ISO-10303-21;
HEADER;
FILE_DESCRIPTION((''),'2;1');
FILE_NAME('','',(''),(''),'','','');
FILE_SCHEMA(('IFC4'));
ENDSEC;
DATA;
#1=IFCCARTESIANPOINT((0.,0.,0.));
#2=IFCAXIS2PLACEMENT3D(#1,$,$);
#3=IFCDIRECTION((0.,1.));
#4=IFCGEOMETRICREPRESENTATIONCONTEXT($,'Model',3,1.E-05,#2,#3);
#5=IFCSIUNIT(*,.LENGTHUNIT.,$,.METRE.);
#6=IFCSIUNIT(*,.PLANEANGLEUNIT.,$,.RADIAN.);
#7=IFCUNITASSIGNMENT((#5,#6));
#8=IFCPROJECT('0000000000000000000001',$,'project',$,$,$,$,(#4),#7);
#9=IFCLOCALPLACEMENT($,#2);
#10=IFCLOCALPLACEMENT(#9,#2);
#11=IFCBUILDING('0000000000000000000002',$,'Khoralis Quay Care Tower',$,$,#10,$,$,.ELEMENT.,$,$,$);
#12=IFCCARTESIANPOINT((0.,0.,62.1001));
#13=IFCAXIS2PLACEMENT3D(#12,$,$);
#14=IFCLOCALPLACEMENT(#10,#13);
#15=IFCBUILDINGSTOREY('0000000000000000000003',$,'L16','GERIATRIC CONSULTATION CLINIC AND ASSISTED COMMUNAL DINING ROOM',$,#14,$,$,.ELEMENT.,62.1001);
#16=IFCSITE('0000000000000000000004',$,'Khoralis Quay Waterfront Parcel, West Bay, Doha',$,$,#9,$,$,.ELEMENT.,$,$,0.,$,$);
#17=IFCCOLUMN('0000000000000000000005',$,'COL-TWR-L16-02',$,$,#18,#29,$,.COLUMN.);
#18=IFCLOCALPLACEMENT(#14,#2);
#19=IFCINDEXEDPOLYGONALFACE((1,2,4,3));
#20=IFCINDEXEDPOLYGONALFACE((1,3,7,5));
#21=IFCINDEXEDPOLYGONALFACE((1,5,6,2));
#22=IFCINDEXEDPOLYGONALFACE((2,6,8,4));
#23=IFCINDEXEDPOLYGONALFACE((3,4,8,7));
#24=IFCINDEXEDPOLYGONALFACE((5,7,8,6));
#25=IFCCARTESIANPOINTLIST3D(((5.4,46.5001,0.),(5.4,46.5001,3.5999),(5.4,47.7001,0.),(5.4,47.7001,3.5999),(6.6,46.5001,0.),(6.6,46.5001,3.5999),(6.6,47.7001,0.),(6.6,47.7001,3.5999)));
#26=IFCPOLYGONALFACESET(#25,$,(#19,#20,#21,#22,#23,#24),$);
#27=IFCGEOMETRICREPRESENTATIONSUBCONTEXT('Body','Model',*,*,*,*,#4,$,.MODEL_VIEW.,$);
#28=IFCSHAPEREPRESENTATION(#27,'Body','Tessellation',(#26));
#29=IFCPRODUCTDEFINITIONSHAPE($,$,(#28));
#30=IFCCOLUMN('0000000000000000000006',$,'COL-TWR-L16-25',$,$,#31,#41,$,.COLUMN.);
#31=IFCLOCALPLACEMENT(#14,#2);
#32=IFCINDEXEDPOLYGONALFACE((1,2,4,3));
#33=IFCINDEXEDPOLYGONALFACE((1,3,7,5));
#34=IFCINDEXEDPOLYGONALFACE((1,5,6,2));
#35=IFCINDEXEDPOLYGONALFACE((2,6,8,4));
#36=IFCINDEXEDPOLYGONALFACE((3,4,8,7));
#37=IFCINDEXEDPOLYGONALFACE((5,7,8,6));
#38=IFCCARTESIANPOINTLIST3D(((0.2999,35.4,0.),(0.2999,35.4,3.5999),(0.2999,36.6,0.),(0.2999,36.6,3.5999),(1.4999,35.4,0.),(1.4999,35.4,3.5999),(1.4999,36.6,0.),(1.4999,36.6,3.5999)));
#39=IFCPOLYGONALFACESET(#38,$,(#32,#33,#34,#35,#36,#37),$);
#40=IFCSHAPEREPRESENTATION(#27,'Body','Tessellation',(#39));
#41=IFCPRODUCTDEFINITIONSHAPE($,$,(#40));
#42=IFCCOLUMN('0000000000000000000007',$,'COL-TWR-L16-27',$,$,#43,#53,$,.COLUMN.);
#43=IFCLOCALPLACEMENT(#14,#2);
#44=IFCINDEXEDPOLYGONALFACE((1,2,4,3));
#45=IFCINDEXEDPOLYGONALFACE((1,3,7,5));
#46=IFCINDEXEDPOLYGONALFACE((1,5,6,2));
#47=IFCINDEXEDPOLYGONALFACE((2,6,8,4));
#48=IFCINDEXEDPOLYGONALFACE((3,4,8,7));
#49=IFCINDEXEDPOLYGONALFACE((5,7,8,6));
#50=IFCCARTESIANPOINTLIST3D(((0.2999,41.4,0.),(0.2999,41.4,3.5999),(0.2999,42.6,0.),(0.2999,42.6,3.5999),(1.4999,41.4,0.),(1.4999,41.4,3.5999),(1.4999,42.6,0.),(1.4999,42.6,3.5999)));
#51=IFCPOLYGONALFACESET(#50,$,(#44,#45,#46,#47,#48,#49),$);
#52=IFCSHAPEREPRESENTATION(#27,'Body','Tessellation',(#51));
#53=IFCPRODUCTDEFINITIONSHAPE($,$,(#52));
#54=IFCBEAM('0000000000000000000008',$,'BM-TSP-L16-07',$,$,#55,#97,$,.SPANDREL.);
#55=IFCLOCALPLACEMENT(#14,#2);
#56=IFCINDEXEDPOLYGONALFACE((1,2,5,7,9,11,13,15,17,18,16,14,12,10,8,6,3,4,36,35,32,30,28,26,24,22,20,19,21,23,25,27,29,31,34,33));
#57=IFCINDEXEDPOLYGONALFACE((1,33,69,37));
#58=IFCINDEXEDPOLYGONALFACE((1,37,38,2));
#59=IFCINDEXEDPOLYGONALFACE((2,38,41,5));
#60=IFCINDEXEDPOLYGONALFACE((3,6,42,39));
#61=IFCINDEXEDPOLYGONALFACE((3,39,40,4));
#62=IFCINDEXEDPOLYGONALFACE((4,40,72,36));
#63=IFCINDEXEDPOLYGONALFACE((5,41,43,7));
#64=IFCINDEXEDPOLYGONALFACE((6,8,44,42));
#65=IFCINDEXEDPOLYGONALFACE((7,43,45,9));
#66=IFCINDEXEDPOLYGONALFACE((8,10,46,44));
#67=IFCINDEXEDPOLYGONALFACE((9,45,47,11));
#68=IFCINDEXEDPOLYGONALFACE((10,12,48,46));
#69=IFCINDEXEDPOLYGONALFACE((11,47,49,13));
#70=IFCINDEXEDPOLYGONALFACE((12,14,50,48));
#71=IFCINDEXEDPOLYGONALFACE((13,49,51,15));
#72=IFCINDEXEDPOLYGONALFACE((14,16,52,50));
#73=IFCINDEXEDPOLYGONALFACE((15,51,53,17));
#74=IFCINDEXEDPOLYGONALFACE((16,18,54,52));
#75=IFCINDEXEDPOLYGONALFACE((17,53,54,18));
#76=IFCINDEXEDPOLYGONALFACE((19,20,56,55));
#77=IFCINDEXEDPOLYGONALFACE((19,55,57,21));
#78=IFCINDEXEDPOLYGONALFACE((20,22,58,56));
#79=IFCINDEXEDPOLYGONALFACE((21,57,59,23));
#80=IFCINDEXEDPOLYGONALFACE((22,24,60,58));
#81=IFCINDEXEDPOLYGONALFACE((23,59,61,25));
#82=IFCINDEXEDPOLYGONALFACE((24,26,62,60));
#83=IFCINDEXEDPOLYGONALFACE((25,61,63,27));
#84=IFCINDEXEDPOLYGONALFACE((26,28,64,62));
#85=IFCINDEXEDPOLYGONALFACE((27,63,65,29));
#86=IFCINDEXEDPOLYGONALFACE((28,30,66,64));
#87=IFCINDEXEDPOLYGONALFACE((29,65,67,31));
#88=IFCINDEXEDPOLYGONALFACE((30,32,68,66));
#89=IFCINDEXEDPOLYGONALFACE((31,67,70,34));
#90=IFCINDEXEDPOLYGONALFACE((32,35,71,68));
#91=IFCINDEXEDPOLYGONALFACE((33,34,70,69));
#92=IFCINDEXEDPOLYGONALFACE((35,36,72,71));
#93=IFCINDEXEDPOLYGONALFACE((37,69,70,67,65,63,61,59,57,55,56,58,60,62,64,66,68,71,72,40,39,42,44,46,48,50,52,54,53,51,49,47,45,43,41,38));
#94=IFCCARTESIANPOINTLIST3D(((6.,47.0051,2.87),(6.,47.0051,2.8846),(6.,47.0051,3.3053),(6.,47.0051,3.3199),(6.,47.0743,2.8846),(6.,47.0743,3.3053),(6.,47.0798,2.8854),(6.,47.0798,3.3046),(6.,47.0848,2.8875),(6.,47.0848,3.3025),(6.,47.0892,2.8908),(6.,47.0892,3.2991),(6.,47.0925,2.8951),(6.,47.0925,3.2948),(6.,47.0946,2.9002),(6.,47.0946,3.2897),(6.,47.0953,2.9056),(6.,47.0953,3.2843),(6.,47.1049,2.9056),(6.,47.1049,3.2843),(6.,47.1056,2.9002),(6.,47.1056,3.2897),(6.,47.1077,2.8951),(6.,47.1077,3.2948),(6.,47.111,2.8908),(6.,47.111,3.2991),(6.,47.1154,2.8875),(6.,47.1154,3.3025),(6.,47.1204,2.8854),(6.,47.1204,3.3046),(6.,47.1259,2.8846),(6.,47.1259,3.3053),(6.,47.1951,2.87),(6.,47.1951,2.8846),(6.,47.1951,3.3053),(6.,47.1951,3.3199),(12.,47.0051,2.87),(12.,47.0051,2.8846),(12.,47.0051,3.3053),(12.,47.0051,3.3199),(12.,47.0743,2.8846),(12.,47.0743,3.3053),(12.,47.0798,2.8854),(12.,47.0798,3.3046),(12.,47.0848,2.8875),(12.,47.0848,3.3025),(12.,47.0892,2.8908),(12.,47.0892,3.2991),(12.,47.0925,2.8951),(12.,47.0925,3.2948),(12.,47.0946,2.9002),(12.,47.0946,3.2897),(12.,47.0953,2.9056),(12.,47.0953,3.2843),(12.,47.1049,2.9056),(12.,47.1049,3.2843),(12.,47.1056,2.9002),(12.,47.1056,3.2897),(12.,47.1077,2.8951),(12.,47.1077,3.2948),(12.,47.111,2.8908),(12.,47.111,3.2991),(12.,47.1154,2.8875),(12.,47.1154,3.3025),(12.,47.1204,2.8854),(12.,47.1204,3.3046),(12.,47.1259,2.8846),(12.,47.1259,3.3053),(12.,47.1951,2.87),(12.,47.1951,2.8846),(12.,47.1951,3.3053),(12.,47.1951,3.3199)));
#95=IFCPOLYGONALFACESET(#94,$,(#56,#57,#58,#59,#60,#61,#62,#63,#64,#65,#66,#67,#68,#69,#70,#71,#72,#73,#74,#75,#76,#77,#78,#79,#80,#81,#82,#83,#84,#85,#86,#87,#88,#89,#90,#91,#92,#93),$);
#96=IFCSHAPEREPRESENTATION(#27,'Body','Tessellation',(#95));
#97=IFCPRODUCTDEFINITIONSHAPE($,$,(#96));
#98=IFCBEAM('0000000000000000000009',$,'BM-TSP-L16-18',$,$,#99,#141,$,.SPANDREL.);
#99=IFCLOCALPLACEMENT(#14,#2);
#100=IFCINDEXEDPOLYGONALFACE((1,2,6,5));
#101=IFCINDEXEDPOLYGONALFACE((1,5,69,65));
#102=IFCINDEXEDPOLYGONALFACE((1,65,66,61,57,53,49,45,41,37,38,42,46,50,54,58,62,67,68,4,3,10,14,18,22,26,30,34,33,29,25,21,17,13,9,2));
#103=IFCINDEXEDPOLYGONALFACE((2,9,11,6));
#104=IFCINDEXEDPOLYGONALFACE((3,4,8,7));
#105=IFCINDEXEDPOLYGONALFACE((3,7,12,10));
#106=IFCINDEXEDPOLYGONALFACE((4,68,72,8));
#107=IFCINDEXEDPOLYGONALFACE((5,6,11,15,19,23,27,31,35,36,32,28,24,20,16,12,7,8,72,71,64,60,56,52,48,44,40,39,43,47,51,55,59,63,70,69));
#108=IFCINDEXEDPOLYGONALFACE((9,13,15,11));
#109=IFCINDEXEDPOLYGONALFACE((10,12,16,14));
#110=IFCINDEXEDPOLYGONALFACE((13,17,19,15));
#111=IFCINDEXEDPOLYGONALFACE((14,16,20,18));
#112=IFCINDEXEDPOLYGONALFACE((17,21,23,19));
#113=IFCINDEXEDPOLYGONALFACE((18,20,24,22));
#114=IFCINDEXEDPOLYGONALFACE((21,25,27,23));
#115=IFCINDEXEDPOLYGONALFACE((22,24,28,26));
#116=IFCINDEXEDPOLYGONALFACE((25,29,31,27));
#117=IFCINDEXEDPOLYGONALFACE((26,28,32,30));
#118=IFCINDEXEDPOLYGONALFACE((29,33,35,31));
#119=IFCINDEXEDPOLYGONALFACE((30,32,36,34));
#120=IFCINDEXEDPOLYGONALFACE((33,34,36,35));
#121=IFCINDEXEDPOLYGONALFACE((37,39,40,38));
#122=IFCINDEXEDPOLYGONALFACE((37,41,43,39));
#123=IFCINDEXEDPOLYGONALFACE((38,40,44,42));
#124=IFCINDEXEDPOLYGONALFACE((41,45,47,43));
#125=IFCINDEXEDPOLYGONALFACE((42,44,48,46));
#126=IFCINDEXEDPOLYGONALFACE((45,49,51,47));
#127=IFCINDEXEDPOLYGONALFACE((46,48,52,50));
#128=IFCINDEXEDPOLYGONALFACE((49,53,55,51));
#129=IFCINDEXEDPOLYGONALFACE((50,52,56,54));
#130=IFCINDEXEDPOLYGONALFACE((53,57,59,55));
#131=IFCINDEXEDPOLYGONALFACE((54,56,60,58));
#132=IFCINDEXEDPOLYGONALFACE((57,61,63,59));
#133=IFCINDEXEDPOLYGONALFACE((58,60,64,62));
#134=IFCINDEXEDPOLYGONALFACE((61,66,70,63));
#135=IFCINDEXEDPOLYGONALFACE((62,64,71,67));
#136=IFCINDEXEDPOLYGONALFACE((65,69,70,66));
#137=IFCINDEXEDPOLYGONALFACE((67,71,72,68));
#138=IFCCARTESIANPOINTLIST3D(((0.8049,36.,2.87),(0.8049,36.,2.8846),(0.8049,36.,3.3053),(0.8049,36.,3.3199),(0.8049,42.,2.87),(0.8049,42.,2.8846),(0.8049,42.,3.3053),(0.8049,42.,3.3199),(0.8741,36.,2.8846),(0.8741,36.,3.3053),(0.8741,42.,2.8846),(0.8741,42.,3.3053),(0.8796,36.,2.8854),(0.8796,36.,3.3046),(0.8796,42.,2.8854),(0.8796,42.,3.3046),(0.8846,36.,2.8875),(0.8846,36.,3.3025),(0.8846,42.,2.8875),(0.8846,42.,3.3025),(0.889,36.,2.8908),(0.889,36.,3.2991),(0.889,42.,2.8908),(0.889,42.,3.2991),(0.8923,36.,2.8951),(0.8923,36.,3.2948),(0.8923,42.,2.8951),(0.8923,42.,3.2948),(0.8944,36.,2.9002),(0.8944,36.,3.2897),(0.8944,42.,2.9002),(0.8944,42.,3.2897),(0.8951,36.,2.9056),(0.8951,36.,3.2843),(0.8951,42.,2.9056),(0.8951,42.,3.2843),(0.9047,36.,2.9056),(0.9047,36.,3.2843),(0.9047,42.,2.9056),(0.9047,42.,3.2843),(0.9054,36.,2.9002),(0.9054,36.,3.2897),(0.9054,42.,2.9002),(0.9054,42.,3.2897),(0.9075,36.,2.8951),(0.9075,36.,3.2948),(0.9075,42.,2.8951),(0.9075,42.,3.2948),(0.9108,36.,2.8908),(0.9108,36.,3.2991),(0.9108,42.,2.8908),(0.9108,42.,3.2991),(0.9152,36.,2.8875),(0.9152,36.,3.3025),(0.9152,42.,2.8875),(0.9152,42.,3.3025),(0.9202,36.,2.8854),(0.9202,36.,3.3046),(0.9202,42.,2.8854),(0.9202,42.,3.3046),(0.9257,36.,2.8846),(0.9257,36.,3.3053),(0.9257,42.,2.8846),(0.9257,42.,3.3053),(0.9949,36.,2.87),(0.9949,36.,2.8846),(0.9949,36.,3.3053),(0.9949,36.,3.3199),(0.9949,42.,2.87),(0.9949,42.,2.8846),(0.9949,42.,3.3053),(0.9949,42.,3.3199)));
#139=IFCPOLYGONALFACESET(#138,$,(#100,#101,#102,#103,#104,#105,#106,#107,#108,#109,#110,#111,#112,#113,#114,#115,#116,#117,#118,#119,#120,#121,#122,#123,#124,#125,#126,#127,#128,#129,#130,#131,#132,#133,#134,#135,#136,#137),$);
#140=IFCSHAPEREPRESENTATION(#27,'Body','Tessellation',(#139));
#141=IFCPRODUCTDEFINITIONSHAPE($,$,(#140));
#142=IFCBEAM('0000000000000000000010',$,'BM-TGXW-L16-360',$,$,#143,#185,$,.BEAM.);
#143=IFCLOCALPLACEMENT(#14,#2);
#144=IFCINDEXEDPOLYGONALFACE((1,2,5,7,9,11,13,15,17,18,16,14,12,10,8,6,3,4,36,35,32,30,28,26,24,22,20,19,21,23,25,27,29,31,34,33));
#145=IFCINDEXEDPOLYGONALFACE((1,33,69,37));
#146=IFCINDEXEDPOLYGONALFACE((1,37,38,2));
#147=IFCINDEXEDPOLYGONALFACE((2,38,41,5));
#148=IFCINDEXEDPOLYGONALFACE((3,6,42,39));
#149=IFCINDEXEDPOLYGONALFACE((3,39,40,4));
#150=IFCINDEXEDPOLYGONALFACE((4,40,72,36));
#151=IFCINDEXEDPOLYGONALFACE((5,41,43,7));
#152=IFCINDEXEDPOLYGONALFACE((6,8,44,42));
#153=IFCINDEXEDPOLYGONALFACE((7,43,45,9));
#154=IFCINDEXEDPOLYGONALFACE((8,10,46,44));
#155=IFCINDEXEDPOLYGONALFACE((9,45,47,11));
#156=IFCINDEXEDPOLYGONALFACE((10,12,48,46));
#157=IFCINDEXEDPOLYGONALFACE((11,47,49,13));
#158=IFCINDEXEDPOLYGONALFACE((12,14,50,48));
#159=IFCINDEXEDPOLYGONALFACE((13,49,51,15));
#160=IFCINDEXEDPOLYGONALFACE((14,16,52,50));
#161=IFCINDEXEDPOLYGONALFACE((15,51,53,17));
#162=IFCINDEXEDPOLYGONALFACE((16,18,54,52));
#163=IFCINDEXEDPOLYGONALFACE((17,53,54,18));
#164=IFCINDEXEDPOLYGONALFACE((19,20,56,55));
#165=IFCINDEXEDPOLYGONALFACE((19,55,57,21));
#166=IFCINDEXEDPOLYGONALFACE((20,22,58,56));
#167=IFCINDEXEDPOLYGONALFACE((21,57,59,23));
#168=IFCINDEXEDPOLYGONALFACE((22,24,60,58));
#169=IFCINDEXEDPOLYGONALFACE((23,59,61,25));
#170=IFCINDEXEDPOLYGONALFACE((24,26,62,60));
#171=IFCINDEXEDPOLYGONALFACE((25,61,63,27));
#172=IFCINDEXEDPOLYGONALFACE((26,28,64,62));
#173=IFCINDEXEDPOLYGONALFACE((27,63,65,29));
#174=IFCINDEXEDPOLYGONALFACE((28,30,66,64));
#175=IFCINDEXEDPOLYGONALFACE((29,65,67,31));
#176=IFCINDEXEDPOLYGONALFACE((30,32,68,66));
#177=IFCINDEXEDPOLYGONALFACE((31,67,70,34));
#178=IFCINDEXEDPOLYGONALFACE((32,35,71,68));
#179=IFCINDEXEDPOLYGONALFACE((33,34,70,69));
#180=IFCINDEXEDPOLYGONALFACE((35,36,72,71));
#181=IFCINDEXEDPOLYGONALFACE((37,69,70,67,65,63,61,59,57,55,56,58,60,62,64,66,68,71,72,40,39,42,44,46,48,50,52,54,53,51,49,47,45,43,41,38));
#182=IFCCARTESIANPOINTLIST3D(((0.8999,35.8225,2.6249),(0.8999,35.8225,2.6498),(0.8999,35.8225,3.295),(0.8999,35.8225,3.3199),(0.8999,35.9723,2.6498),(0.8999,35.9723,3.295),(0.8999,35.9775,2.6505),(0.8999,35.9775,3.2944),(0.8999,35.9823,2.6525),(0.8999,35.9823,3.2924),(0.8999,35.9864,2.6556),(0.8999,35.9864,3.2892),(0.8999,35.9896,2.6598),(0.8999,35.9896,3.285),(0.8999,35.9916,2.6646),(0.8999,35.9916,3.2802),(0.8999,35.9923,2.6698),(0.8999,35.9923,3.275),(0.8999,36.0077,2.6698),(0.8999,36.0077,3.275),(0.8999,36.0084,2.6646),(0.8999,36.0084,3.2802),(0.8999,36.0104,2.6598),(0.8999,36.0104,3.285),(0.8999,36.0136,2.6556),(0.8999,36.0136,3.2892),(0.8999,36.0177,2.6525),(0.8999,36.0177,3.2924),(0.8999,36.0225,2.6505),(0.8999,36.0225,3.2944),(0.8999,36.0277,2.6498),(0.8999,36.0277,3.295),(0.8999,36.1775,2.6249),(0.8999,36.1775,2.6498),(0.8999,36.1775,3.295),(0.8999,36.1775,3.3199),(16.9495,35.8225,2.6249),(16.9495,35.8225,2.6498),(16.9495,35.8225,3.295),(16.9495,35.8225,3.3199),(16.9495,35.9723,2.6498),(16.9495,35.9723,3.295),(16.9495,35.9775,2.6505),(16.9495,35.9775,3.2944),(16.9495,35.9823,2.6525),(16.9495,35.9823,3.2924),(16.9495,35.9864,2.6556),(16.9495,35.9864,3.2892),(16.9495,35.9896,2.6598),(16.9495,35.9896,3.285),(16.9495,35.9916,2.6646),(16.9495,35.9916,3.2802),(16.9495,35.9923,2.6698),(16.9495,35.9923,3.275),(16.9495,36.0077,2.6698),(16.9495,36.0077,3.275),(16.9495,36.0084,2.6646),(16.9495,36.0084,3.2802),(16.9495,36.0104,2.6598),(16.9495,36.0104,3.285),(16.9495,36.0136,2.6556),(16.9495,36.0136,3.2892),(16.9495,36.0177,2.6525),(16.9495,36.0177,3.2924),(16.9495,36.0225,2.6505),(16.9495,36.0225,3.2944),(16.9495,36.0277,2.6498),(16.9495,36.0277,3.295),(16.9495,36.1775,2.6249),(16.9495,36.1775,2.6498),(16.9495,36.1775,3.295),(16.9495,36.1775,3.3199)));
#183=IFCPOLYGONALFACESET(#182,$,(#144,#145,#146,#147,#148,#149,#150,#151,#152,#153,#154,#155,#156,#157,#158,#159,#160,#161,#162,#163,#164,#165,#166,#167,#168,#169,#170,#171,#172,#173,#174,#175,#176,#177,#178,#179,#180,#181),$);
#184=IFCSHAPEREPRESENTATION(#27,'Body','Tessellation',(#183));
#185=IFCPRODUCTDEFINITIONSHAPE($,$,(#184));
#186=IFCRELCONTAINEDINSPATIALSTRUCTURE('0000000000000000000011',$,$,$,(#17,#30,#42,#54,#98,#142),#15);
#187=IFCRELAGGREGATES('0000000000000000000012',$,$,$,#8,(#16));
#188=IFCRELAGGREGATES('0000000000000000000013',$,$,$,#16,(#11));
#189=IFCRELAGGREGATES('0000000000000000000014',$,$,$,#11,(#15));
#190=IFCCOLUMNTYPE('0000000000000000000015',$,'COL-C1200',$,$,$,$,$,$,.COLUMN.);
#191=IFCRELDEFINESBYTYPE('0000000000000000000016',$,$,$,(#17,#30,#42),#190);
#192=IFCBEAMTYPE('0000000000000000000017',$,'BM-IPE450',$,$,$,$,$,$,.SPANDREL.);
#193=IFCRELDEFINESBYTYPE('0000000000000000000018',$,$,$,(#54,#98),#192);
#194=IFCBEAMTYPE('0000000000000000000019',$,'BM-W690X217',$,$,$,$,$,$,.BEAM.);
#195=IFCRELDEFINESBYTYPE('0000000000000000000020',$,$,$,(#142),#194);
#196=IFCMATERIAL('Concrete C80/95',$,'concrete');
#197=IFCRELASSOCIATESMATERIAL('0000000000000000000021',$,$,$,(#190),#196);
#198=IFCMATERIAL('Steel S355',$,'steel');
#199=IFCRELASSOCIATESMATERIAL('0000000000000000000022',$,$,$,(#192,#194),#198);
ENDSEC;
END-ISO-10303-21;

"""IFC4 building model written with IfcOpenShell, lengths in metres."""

from ifc_helpers import new_model, si_unit, direction, frame, origin, origin_2d, place, context, subcontext, project, spatial, rectangle, i_section, extrude, source, transform, mapped, material, material_profile, profile_set, type_object, element, save


model = new_model("IFC4")

# Units and contexts
model_context = context("Model", 3, precision=1e-05, world=origin(), true_north=direction((0.0, 1.0)))
body_context = subcontext(model_context, "Body", "Model", "MODEL_VIEW")
ifc_project = project(units=[si_unit("LENGTHUNIT", "METRE"), si_unit("PLANEANGLEUNIT", "RADIAN")], contexts=[model_context])

# Site, building, storey
site_placement = place(None, origin())
site = spatial("IfcSite", under=ifc_project, at=site_placement, Name="Khoralis Quay Waterfront Parcel, West Bay, Doha", CompositionType="ELEMENT", RefElevation=0.0)
building_placement = place(site_placement, origin())
building = spatial("IfcBuilding", under=site, at=building_placement, Name="Khoralis Quay Care Tower", CompositionType="ELEMENT")
storey_placement = place(building_placement, frame((0.0, 0.0, 62.1001)))
storey = spatial("IfcBuildingStorey", under=building, at=storey_placement, Name="L16", Description="GERIATRIC CONSULTATION CLINIC AND ASSISTED COMMUNAL DINING ROOM", CompositionType="ELEMENT", Elevation=62.1001)

# Columns
ifc_material_1 = material(Name="Concrete C80/95", Category="concrete")
ifc_material_profile_1 = material_profile(ifc_material_1, rectangle(XDim=1.2, YDim=1.2, at=origin_2d()), Name="Concrete C80/95")
ifc_profile_set_1 = profile_set([ifc_material_profile_1], Name="Concrete C80/95")
column_type = type_object("IfcColumnType", Name="COL-C1200", PredefinedType="COLUMN", material=ifc_profile_set_1)
shared_shape_1 = source(origin(), body_context, "Body", "SweptSolid", [
    extrude(rectangle(XDim=1.2, YDim=1.2, at=origin_2d()), origin(), (0.0, 0.0, 1.0), 3.5999),
])
for number, where, z_axis, x_axis, name in (
    (1, (6.0, 47.1001, 0.0), (0.0, 0.0, 1.0), (1.0, 0.0, 0.0), "COL-TWR-L16-02"),
    (2, (0.8999, 36.0, 0.0), (0.0, 0.0, 1.0), (1.0, 0.0, 0.0), "COL-TWR-L16-25"),
    (3, (0.8999, 42.0, 0.0), (0.0, 0.0, 1.0), (1.0, 0.0, 0.0), "COL-TWR-L16-27"),
):
    element("IfcColumn", number, at=place(storey_placement, frame(where, z_axis=z_axis, x_axis=x_axis)), inside=storey, type_object=column_type, Name=name, PredefinedType="COLUMN", context=body_context, shape_type="MappedRepresentation", body=[
        mapped(shared_shape_1, transform((0.0, 0.0, 0.0), scale=1.0)),
    ])

# Beams
ifc_material_2 = material(Name="Steel S355", Category="steel")
ifc_material_profile_2 = material_profile(ifc_material_2, i_section(OverallWidth=0.1899, OverallDepth=0.45, WebThickness=0.0095, FlangeThickness=0.0146, FilletRadius=0.021, at=origin_2d()), Name="Steel S355")
ifc_profile_set_2 = profile_set([ifc_material_profile_2], Name="Steel S355")
beam_type_1 = type_object("IfcBeamType", Name="BM-IPE450", PredefinedType="SPANDREL", material=ifc_profile_set_2)
shared_shape_2 = source(origin(), body_context, "Body", "SweptSolid", [
    extrude(i_section(OverallWidth=0.1899, OverallDepth=0.45, WebThickness=0.0095, FlangeThickness=0.0146, FilletRadius=0.021, at=origin_2d()), origin(), (0.0, 0.0, 1.0), 6.0),
])
for number, where, z_axis, x_axis, name in (
    (4, (6.0, 47.1001, 3.095), (1.0, 0.0, 0.0), (0.0, 1.0, 0.0), "BM-TSP-L16-07"),
    (5, (0.8999, 36.0, 3.095), (0.0, 1.0, 0.0), (-1.0, 0.0, 0.0), "BM-TSP-L16-18"),
):
    element("IfcBeam", number, at=place(storey_placement, frame(where, z_axis=z_axis, x_axis=x_axis)), inside=storey, type_object=beam_type_1, Name=name, PredefinedType="SPANDREL", context=body_context, shape_type="MappedRepresentation", body=[
        mapped(shared_shape_2, transform((0.0, 0.0, 0.0), scale=1.0)),
    ])
ifc_material_profile_3 = material_profile(ifc_material_2, i_section(OverallWidth=0.355, OverallDepth=0.6951, WebThickness=0.0154, FlangeThickness=0.0249, FilletRadius=0.02, at=origin_2d()), Name="Steel S355")
ifc_profile_set_3 = profile_set([ifc_material_profile_3], Name="Steel S355")
beam_type_2 = type_object("IfcBeamType", Name="BM-W690X217", PredefinedType="BEAM", material=ifc_profile_set_3)
shared_shape_3 = source(origin(), body_context, "Body", "SweptSolid", [
    extrude(i_section(OverallWidth=0.355, OverallDepth=0.6951, WebThickness=0.0154, FlangeThickness=0.0249, FilletRadius=0.02, at=origin_2d()), origin(), (0.0, 0.0, 1.0), 16.0496),
])
for number, where, z_axis, x_axis, name in (
    (6, (0.8999, 36.0, 2.9724), (1.0, 0.0, 0.0), (0.0, 1.0, 0.0), "BM-TGXW-L16-360"),
):
    element("IfcBeam", number, at=place(storey_placement, frame(where, z_axis=z_axis, x_axis=x_axis)), inside=storey, type_object=beam_type_2, Name=name, PredefinedType="BEAM", context=body_context, shape_type="MappedRepresentation", body=[
        mapped(shared_shape_3, transform((0.0, 0.0, 0.0), scale=1.0)),
    ])

save(model, "model.ifc")
